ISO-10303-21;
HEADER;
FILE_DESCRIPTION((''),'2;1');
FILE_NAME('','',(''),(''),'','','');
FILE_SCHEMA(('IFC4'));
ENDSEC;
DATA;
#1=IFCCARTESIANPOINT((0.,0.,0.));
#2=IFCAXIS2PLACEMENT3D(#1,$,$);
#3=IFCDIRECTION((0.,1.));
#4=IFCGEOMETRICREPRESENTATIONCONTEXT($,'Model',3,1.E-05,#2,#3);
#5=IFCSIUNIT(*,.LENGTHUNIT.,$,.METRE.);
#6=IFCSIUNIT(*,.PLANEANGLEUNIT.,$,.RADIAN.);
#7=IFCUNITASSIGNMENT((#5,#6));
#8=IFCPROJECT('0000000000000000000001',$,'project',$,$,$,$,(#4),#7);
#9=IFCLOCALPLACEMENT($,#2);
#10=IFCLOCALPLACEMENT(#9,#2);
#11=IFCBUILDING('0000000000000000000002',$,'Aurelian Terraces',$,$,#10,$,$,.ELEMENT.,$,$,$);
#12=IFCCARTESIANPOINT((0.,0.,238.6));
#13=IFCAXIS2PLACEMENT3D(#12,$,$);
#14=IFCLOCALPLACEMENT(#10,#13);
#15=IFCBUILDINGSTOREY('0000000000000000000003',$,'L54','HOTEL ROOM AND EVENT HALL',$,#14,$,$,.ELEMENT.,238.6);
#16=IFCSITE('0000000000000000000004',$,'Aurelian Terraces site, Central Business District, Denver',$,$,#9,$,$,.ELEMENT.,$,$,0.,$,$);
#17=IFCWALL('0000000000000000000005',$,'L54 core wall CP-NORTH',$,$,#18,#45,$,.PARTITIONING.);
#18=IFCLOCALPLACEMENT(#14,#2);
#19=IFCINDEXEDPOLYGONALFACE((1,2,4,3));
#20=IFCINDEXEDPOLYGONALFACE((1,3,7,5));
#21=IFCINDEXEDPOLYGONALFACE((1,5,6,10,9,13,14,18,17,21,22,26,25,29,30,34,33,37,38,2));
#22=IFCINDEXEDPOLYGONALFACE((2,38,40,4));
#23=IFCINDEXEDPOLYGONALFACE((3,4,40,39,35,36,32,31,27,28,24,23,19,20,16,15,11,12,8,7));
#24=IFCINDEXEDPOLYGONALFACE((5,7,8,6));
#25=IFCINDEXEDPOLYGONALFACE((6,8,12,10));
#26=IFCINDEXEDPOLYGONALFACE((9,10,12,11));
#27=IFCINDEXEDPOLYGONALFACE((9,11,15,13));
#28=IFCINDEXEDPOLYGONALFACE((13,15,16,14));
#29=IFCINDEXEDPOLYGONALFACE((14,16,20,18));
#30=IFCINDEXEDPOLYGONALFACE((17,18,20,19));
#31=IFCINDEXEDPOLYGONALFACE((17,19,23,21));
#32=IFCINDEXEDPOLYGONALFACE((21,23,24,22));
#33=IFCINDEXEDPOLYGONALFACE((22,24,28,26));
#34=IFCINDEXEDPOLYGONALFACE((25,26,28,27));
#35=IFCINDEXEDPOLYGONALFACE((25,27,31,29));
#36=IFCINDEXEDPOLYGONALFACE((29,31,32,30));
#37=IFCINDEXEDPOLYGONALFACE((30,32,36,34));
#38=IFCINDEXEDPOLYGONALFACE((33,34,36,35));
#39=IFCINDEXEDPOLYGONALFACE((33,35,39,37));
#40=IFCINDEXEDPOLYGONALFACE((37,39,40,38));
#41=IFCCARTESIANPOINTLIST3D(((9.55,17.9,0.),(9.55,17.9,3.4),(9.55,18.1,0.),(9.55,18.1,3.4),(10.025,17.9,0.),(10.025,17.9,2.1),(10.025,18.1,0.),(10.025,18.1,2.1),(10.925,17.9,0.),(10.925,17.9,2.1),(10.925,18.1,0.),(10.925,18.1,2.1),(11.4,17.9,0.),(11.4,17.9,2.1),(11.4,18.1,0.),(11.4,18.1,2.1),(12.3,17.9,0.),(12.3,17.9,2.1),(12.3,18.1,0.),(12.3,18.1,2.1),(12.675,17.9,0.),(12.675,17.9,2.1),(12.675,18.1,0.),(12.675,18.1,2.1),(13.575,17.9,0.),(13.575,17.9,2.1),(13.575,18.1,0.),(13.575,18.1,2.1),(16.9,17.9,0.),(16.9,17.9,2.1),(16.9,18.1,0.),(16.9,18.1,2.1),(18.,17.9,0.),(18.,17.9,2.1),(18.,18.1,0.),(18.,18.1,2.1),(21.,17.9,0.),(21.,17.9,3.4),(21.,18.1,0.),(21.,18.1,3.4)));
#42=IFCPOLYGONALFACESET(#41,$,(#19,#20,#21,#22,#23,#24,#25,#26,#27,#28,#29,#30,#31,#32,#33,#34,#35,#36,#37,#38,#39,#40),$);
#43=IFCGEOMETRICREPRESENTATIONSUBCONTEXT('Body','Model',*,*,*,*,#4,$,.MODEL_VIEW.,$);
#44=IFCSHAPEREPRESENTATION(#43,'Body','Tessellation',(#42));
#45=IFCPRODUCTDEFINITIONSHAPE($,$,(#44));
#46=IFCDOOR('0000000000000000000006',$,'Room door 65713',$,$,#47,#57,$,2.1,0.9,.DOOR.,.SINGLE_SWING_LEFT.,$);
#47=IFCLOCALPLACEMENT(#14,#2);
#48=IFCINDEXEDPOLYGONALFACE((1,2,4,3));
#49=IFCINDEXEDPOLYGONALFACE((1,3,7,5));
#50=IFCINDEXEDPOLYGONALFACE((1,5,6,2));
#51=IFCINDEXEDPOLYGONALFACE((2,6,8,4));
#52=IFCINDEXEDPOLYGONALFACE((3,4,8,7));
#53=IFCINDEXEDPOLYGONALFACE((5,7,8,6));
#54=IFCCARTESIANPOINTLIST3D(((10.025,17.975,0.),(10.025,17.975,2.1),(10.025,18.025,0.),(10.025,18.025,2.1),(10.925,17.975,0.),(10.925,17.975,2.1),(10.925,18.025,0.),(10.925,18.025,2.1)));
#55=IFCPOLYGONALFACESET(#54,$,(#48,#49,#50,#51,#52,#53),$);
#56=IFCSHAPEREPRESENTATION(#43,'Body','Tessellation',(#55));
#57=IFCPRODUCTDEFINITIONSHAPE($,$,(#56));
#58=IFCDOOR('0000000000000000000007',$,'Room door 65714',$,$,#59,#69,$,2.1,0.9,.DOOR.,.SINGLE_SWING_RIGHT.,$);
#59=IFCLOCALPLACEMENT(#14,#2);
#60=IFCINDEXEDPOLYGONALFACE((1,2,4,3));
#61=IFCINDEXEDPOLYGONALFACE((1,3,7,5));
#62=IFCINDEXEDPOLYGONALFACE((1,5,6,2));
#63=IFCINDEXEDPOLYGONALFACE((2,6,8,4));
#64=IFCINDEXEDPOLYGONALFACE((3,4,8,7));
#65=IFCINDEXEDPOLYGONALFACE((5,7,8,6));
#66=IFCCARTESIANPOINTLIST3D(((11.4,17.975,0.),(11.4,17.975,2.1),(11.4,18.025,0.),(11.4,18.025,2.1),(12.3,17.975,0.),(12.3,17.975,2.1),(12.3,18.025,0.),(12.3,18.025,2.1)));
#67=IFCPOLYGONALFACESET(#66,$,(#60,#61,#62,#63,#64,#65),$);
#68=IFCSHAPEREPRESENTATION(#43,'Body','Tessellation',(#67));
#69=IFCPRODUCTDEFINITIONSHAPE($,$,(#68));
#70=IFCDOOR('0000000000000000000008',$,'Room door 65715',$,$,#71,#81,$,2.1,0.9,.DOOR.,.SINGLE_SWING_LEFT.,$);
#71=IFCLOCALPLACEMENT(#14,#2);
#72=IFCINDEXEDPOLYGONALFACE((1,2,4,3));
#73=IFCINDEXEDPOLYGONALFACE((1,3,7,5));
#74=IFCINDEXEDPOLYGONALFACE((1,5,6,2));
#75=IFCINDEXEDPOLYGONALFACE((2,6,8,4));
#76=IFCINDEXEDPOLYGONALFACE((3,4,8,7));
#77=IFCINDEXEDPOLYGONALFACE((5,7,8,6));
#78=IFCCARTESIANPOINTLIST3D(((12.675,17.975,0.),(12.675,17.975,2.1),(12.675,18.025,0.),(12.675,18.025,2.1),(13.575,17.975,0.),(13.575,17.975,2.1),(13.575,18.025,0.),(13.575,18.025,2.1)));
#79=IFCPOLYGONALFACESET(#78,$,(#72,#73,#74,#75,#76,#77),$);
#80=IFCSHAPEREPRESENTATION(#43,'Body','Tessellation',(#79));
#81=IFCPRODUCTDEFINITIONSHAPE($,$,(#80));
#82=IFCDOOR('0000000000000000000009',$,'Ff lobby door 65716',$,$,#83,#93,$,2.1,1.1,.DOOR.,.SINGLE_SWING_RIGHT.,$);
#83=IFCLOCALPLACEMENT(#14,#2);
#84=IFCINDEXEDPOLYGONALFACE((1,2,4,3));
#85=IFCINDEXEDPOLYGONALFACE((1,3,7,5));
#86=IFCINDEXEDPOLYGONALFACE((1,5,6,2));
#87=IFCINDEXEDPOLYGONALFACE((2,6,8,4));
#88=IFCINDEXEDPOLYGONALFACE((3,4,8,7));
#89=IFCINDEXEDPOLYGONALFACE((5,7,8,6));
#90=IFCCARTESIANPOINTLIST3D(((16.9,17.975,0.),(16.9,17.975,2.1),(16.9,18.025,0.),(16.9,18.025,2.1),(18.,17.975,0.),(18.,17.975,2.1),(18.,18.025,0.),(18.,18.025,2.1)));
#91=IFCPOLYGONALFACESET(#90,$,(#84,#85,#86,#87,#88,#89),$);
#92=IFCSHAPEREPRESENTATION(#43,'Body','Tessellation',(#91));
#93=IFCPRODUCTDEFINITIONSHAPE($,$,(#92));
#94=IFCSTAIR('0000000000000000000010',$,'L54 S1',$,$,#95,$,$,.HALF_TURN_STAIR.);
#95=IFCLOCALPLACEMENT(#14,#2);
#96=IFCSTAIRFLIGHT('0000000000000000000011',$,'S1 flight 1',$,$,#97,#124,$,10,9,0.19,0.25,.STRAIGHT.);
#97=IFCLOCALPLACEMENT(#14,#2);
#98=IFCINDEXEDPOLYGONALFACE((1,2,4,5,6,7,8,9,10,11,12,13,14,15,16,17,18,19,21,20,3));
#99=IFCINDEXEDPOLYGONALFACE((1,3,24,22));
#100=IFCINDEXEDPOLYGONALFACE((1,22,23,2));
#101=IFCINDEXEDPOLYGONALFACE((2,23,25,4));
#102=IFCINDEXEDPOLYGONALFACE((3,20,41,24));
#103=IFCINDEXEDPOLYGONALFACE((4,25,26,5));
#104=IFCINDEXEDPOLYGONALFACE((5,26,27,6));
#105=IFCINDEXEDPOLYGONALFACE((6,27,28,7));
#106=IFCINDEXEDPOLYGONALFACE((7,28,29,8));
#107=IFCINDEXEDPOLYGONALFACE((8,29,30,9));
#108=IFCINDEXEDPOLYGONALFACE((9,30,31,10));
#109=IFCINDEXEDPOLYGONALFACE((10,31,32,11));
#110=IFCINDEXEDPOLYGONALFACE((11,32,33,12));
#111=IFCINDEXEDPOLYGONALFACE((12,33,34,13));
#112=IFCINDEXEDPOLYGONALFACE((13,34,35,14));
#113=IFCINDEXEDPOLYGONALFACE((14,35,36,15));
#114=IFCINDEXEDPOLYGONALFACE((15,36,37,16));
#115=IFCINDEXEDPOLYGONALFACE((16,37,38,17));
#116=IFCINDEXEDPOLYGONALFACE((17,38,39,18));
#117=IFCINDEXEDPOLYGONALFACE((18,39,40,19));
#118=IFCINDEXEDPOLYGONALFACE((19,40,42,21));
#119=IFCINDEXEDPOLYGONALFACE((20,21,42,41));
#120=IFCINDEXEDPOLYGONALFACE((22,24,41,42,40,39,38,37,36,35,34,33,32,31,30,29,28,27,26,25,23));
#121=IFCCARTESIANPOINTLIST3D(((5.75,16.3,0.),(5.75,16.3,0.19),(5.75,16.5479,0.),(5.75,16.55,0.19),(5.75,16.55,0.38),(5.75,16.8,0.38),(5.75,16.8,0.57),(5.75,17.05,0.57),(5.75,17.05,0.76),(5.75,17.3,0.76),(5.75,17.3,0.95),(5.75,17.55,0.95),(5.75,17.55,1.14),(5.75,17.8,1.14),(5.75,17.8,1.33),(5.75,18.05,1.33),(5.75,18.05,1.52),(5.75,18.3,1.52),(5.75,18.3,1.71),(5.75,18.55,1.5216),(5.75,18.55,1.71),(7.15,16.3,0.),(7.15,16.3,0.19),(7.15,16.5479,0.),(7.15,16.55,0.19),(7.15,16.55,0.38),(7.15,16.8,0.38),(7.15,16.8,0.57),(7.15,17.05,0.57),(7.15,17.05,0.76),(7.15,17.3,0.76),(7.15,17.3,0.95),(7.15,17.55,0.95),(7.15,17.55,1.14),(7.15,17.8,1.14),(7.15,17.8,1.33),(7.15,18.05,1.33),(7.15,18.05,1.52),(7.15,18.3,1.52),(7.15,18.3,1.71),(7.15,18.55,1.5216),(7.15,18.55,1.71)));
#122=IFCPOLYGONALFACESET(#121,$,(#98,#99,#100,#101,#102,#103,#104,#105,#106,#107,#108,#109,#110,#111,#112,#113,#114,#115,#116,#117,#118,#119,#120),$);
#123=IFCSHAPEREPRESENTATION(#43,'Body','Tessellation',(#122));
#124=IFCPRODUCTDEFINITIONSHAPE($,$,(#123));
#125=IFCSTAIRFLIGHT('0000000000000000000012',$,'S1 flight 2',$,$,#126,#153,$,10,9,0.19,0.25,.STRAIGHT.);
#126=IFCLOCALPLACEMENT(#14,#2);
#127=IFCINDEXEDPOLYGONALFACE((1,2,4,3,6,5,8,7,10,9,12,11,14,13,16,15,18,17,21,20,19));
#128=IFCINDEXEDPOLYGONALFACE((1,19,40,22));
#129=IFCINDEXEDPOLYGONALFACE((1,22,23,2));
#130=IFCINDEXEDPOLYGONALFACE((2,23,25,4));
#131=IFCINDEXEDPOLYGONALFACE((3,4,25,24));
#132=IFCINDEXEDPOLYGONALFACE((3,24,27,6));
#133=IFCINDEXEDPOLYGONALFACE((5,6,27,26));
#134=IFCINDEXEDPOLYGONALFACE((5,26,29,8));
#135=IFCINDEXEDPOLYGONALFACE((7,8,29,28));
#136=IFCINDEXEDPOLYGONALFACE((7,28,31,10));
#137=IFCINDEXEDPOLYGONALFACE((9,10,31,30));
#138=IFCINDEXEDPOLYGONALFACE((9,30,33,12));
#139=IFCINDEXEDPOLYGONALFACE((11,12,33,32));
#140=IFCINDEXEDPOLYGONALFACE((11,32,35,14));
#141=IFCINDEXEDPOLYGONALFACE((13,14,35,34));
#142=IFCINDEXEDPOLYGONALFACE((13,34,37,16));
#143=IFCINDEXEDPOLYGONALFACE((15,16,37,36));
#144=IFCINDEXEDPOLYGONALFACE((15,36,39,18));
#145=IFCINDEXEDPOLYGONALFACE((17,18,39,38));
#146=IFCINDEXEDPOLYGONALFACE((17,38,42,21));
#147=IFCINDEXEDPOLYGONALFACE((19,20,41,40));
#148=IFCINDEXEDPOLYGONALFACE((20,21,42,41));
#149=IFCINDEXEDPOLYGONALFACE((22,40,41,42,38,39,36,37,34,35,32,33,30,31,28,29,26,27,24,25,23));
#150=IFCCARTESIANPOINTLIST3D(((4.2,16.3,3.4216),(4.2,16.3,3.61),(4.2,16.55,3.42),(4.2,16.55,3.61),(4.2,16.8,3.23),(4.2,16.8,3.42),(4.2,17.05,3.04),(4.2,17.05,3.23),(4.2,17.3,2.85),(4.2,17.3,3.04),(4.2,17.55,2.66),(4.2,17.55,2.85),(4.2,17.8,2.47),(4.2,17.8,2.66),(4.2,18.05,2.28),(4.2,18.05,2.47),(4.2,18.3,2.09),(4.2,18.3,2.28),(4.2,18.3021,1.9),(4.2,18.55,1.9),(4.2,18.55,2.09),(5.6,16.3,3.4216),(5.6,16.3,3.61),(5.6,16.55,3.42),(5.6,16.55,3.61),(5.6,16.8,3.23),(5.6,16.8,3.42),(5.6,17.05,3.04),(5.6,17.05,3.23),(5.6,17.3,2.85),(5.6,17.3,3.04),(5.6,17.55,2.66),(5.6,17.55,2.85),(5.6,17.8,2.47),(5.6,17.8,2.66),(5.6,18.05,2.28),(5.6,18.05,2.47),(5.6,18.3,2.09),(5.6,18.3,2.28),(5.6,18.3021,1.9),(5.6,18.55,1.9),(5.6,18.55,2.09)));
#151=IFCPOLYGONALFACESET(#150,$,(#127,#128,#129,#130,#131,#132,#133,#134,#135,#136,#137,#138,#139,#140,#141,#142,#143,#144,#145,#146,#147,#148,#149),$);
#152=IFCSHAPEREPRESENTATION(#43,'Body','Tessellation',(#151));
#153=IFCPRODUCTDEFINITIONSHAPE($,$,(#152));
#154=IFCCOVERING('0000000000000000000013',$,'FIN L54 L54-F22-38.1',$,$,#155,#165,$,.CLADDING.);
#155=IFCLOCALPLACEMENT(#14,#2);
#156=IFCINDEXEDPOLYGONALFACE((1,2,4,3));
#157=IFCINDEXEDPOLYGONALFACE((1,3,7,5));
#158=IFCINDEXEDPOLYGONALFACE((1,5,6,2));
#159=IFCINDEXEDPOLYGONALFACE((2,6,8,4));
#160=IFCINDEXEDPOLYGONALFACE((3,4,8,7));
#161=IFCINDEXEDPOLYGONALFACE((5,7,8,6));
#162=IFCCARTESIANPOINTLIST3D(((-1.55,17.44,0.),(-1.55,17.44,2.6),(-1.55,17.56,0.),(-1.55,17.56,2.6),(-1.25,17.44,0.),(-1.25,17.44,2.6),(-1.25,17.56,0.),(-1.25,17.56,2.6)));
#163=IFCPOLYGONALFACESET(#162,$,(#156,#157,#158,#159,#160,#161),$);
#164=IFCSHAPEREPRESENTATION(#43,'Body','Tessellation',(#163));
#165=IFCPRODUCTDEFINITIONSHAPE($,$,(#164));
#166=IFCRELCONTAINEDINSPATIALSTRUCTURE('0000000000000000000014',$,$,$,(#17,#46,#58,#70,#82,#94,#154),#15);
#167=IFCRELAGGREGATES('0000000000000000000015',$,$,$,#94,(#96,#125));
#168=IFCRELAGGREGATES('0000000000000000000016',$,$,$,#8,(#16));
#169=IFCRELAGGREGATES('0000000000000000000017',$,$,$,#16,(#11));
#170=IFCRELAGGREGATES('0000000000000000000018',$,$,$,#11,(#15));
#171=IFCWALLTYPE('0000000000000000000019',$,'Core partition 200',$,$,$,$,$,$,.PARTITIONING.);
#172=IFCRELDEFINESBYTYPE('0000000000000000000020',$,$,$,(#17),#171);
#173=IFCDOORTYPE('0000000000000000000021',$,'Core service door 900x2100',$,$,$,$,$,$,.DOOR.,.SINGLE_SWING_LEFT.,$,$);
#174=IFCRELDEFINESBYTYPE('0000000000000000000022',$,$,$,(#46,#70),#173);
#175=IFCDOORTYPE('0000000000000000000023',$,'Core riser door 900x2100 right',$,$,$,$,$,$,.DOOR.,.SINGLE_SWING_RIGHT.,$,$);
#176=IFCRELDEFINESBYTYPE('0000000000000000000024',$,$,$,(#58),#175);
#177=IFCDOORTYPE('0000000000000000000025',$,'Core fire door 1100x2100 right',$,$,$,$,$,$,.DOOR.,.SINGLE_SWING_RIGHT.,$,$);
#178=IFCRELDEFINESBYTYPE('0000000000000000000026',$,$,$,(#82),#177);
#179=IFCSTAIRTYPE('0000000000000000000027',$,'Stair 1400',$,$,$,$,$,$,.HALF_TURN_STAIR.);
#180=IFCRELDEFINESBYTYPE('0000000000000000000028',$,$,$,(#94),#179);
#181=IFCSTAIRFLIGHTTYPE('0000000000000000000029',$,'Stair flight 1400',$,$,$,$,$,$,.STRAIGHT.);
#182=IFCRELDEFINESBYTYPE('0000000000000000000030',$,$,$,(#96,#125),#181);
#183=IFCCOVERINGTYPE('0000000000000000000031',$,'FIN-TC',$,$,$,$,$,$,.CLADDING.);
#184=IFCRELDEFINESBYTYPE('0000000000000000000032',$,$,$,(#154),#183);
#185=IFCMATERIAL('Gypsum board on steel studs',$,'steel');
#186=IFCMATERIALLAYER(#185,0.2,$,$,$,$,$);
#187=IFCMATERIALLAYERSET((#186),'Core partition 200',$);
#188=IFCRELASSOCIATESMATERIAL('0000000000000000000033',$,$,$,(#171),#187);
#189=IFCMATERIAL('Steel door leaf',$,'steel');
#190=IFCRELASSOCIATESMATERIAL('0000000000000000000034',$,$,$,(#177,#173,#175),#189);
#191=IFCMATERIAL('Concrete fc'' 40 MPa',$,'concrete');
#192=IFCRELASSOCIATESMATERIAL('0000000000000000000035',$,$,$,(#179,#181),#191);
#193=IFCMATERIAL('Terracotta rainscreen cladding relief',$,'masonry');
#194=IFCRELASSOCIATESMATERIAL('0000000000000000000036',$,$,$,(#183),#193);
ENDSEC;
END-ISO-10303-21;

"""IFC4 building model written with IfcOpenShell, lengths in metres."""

from ifc_helpers import new_model, si_unit, direction, frame, frame_2d, origin, origin_2d, place, context, subcontext, project, spatial, polyline, rectangle, outline, extrude, source, transform, mapped, material, layer, layer_set, type_object, element, fill, aggregate, save


model = new_model("IFC4")

# Units and contexts
model_context = context("Model", 3, precision=1e-05, world=origin(), true_north=direction((0.0, 1.0)))
body_context = subcontext(model_context, "Body", "Model", "MODEL_VIEW")
ifc_project = project(units=[si_unit("LENGTHUNIT", "METRE"), si_unit("PLANEANGLEUNIT", "RADIAN")], contexts=[model_context])

# Site, building, storey
site_placement = place(None, origin())
site = spatial("IfcSite", under=ifc_project, at=site_placement, Name="Aurelian Terraces site, Central Business District, Denver", CompositionType="ELEMENT", RefElevation=0.0)
building_placement = place(site_placement, origin())
building = spatial("IfcBuilding", under=site, at=building_placement, Name="Aurelian Terraces", CompositionType="ELEMENT")
storey_placement = place(building_placement, frame((0.0, 0.0, 238.6)))
storey = spatial("IfcBuildingStorey", under=building, at=storey_placement, Name="L54", Description="HOTEL ROOM AND EVENT HALL", CompositionType="ELEMENT", Elevation=238.6)

# Shared definitions
ifc_material_1 = material(Name="Gypsum board on steel studs", Category="steel")
ifc_layer_1 = layer(ifc_material_1, 0.2)
ifc_layer_set_1 = layer_set([ifc_layer_1], Name="Core partition 200")
wall_type_1 = type_object("IfcWallType", Name="Core partition 200", PredefinedType="PARTITIONING", material=ifc_layer_set_1)

# Shared definitions
ifc_material_2 = material(Name="Concrete fc' 40 MPa", Category="concrete")
ifc_material_3 = material(Name="Steel door leaf", Category="steel")
door_type_1 = type_object("IfcDoorType", Name="Core fire door 1100x2100 right", OperationType="SINGLE_SWING_RIGHT", PredefinedType="DOOR", material=ifc_material_3)
shared_shape_1 = source(origin(), body_context, "Body", "SweptSolid", [
    extrude(rectangle(XDim=1.1, YDim=2.1, at=frame_2d((0.55, 1.05))), frame((0.0, 0.025, 0.0), z_axis=(0.0, -1.0, 0.0), x_axis=(1.0, 0.0, 0.0)), (0.0, 0.0, 1.0), 0.05),
])

# Wall, openings, doors
shared_shape_2 = source(origin(), body_context, "Body", "SweptSolid", [
    extrude(rectangle(XDim=11.45, YDim=0.2, at=frame_2d((5.725, 0.0))), origin(), (0.0, 0.0, 1.0), 3.4),
])
wall_1_placement = place(storey_placement, frame((9.55, 18.0, 0.0), z_axis=(0.0, 0.0, 1.0), x_axis=(1.0, 0.0, 0.0)))
wall_1 = element("IfcWall", 1, at=wall_1_placement, inside=storey, type_object=wall_type_1, Name="L54 core wall CP-NORTH", PredefinedType="PARTITIONING", context=body_context, shape_type="MappedRepresentation", body=[
    mapped(shared_shape_2, transform((0.0, 0.0, 0.0), scale=1.0)),
])
shared_shape_3 = source(origin(), body_context, "Body", "SweptSolid", [
    extrude(rectangle(XDim=0.9, YDim=2.1, at=frame_2d((0.45, 1.05))), frame((0.0, 0.11, 0.0), z_axis=(0.0, -1.0, 0.0), x_axis=(1.0, 0.0, 0.0)), (0.0, 0.0, 1.0), 0.22),
])
opening_1_placement = place(wall_1_placement, frame((0.475, 0.0, 0.0)))
opening_1 = element("IfcOpeningElement", 2, at=opening_1_placement, cuts=wall_1, PredefinedType="OPENING", context=body_context, shape_type="MappedRepresentation", body=[
    mapped(shared_shape_3, transform((0.0, 0.0, 0.0), scale=1.0)),
])
opening_2_placement = place(wall_1_placement, frame((1.85, 0.0, 0.0)))
opening_2 = element("IfcOpeningElement", 3, at=opening_2_placement, cuts=wall_1, PredefinedType="OPENING", context=body_context, shape_type="MappedRepresentation", body=[
    mapped(shared_shape_3, transform((0.0, 0.0, 0.0), scale=1.0)),
])
opening_3_placement = place(wall_1_placement, frame((3.125, 0.0, 0.0)))
opening_3 = element("IfcOpeningElement", 4, at=opening_3_placement, cuts=wall_1, PredefinedType="OPENING", context=body_context, shape_type="MappedRepresentation", body=[
    mapped(shared_shape_3, transform((0.0, 0.0, 0.0), scale=1.0)),
])
shared_shape_4 = source(origin(), body_context, "Body", "SweptSolid", [
    extrude(rectangle(XDim=1.1, YDim=2.1, at=frame_2d((0.55, 1.05))), frame((0.0, 0.11, 0.0), z_axis=(0.0, -1.0, 0.0), x_axis=(1.0, 0.0, 0.0)), (0.0, 0.0, 1.0), 0.22),
])
opening_4_placement = place(wall_1_placement, frame((7.35, 0.0, 0.0)))
opening_4 = element("IfcOpeningElement", 5, at=opening_4_placement, cuts=wall_1, PredefinedType="OPENING", context=body_context, shape_type="MappedRepresentation", body=[
    mapped(shared_shape_4, transform((0.0, 0.0, 0.0), scale=1.0)),
])
door_type_2 = type_object("IfcDoorType", Name="Core service door 900x2100", OperationType="SINGLE_SWING_LEFT", PredefinedType="DOOR", material=ifc_material_3)
shared_shape_5 = source(origin(), body_context, "Body", "SweptSolid", [
    extrude(rectangle(XDim=0.9, YDim=2.1, at=frame_2d((0.45, 1.05))), frame((0.0, 0.025, 0.0), z_axis=(0.0, -1.0, 0.0), x_axis=(1.0, 0.0, 0.0)), (0.0, 0.0, 1.0), 0.05),
])
door_1_placement = place(opening_1_placement, origin())
door_1 = element("IfcDoor", 6, at=door_1_placement, inside=storey, type_object=door_type_2, Name="Room door 65713", OperationType="SINGLE_SWING_LEFT", OverallHeight=2.1, OverallWidth=0.9, PredefinedType="DOOR", context=body_context, shape_type="MappedRepresentation", body=[
    mapped(shared_shape_5, transform((0.0, 0.0, 0.0), scale=1.0)),
])
fill(opening_1, door_1)
door_type_3 = type_object("IfcDoorType", Name="Core riser door 900x2100 right", OperationType="SINGLE_SWING_RIGHT", PredefinedType="DOOR", material=ifc_material_3)
door_2_placement = place(opening_2_placement, origin())
door_2 = element("IfcDoor", 7, at=door_2_placement, inside=storey, type_object=door_type_3, Name="Room door 65714", OperationType="SINGLE_SWING_RIGHT", OverallHeight=2.1, OverallWidth=0.9, PredefinedType="DOOR", context=body_context, shape_type="MappedRepresentation", body=[
    mapped(shared_shape_5, transform((0.0, 0.0, 0.0), scale=1.0)),
])
fill(opening_2, door_2)
door_3_placement = place(opening_3_placement, origin())
door_3 = element("IfcDoor", 8, at=door_3_placement, inside=storey, type_object=door_type_2, Name="Room door 65715", OperationType="SINGLE_SWING_LEFT", OverallHeight=2.1, OverallWidth=0.9, PredefinedType="DOOR", context=body_context, shape_type="MappedRepresentation", body=[
    mapped(shared_shape_5, transform((0.0, 0.0, 0.0), scale=1.0)),
])
fill(opening_3, door_3)
door_4_placement = place(opening_4_placement, origin())
door_4 = element("IfcDoor", 9, at=door_4_placement, inside=storey, type_object=door_type_1, Name="Ff lobby door 65716", OperationType="SINGLE_SWING_RIGHT", OverallHeight=2.1, OverallWidth=1.1, PredefinedType="DOOR", context=body_context, shape_type="MappedRepresentation", body=[
    mapped(shared_shape_1, transform((0.0, 0.0, 0.0), scale=1.0)),
])
fill(opening_4, door_4)

# Stair, stair flights
stair_type = type_object("IfcStairType", Name="Stair 1400", PredefinedType="HALF_TURN_STAIR", material=ifc_material_2)
stair_placement = place(storey_placement, origin())
stair = element("IfcStair", 10, at=stair_placement, inside=storey, type_object=stair_type, Name="L54 S1", PredefinedType="HALF_TURN_STAIR")
stair_flight_type = type_object("IfcStairFlightType", Name="Stair flight 1400", PredefinedType="STRAIGHT", material=ifc_material_2)
shared_shape_6 = source(origin(), body_context, "Body", "SweptSolid", [
    extrude(outline(polyline([(0.0, 0.0), (0.0, 0.19), (0.25, 0.19), (0.25, 0.38), (0.5, 0.38), (0.5, 0.57), (0.75, 0.57), (0.75, 0.76), (1.0, 0.76), (1.0, 0.95), (1.25, 0.95), (1.25, 1.14), (1.5, 1.14), (1.5, 1.33), (1.75, 1.33), (1.75, 1.52), (2.0, 1.52), (2.0, 1.71), (2.25, 1.71), (2.25, 1.9), (2.25, 1.5216), (0.2479, 0.0), (0.0, 0.0)])), frame((0.0, 0.7, 0.0), z_axis=(0.0, -1.0, 0.0), x_axis=(1.0, 0.0, 0.0)), (0.0, 0.0, 1.0), 1.4),
])
stair_flight_1_placement = place(storey_placement, frame((6.45, 16.3, 0.0), z_axis=(0.0, 0.0, 1.0), x_axis=(0.0, 1.0, 0.0)))
stair_flight_1 = element("IfcStairFlight", 11, at=stair_flight_1_placement, type_object=stair_flight_type, Name="S1 flight 1", NumberOfRisers=10, NumberOfTreads=9, PredefinedType="STRAIGHT", RiserHeight=0.19, TreadLength=0.25, context=body_context, shape_type="MappedRepresentation", body=[
    mapped(shared_shape_6, transform((0.0, 0.0, 0.0), scale=1.0)),
])
stair_flight_2_placement = place(storey_placement, frame((4.9, 18.55, 1.9), z_axis=(0.0, 0.0, 1.0), x_axis=(0.0, -1.0, 0.0)))
stair_flight_2 = element("IfcStairFlight", 12, at=stair_flight_2_placement, type_object=stair_flight_type, Name="S1 flight 2", NumberOfRisers=10, NumberOfTreads=9, PredefinedType="STRAIGHT", RiserHeight=0.19, TreadLength=0.25, context=body_context, shape_type="MappedRepresentation", body=[
    mapped(shared_shape_6, transform((0.0, 0.0, 0.0), scale=1.0)),
])
aggregate(stair, [stair_flight_1, stair_flight_2])

# Covering
ifc_material_4 = material(Name="Terracotta rainscreen cladding relief", Category="masonry")
covering_type = type_object("IfcCoveringType", Name="FIN-TC", PredefinedType="CLADDING", material=ifc_material_4)
shared_shape_7 = source(origin(), body_context, "Body", "SweptSolid", [
    extrude(rectangle(XDim=0.3, YDim=0.12, at=origin_2d()), origin(), (0.0, 0.0, 1.0), 2.6),
])
covering_placement = place(storey_placement, frame((-1.4, 17.5, 0.0), z_axis=(0.0, 0.0, 1.0), x_axis=(1.0, 0.0, 0.0)))
element("IfcCovering", 13, at=covering_placement, inside=storey, type_object=covering_type, Name="FIN L54 L54-F22-38.1", PredefinedType="CLADDING", context=body_context, shape_type="MappedRepresentation", body=[
    mapped(shared_shape_7, transform((0.0, 0.0, 0.0), scale=1.0)),
])

save(model, "model.ifc")
